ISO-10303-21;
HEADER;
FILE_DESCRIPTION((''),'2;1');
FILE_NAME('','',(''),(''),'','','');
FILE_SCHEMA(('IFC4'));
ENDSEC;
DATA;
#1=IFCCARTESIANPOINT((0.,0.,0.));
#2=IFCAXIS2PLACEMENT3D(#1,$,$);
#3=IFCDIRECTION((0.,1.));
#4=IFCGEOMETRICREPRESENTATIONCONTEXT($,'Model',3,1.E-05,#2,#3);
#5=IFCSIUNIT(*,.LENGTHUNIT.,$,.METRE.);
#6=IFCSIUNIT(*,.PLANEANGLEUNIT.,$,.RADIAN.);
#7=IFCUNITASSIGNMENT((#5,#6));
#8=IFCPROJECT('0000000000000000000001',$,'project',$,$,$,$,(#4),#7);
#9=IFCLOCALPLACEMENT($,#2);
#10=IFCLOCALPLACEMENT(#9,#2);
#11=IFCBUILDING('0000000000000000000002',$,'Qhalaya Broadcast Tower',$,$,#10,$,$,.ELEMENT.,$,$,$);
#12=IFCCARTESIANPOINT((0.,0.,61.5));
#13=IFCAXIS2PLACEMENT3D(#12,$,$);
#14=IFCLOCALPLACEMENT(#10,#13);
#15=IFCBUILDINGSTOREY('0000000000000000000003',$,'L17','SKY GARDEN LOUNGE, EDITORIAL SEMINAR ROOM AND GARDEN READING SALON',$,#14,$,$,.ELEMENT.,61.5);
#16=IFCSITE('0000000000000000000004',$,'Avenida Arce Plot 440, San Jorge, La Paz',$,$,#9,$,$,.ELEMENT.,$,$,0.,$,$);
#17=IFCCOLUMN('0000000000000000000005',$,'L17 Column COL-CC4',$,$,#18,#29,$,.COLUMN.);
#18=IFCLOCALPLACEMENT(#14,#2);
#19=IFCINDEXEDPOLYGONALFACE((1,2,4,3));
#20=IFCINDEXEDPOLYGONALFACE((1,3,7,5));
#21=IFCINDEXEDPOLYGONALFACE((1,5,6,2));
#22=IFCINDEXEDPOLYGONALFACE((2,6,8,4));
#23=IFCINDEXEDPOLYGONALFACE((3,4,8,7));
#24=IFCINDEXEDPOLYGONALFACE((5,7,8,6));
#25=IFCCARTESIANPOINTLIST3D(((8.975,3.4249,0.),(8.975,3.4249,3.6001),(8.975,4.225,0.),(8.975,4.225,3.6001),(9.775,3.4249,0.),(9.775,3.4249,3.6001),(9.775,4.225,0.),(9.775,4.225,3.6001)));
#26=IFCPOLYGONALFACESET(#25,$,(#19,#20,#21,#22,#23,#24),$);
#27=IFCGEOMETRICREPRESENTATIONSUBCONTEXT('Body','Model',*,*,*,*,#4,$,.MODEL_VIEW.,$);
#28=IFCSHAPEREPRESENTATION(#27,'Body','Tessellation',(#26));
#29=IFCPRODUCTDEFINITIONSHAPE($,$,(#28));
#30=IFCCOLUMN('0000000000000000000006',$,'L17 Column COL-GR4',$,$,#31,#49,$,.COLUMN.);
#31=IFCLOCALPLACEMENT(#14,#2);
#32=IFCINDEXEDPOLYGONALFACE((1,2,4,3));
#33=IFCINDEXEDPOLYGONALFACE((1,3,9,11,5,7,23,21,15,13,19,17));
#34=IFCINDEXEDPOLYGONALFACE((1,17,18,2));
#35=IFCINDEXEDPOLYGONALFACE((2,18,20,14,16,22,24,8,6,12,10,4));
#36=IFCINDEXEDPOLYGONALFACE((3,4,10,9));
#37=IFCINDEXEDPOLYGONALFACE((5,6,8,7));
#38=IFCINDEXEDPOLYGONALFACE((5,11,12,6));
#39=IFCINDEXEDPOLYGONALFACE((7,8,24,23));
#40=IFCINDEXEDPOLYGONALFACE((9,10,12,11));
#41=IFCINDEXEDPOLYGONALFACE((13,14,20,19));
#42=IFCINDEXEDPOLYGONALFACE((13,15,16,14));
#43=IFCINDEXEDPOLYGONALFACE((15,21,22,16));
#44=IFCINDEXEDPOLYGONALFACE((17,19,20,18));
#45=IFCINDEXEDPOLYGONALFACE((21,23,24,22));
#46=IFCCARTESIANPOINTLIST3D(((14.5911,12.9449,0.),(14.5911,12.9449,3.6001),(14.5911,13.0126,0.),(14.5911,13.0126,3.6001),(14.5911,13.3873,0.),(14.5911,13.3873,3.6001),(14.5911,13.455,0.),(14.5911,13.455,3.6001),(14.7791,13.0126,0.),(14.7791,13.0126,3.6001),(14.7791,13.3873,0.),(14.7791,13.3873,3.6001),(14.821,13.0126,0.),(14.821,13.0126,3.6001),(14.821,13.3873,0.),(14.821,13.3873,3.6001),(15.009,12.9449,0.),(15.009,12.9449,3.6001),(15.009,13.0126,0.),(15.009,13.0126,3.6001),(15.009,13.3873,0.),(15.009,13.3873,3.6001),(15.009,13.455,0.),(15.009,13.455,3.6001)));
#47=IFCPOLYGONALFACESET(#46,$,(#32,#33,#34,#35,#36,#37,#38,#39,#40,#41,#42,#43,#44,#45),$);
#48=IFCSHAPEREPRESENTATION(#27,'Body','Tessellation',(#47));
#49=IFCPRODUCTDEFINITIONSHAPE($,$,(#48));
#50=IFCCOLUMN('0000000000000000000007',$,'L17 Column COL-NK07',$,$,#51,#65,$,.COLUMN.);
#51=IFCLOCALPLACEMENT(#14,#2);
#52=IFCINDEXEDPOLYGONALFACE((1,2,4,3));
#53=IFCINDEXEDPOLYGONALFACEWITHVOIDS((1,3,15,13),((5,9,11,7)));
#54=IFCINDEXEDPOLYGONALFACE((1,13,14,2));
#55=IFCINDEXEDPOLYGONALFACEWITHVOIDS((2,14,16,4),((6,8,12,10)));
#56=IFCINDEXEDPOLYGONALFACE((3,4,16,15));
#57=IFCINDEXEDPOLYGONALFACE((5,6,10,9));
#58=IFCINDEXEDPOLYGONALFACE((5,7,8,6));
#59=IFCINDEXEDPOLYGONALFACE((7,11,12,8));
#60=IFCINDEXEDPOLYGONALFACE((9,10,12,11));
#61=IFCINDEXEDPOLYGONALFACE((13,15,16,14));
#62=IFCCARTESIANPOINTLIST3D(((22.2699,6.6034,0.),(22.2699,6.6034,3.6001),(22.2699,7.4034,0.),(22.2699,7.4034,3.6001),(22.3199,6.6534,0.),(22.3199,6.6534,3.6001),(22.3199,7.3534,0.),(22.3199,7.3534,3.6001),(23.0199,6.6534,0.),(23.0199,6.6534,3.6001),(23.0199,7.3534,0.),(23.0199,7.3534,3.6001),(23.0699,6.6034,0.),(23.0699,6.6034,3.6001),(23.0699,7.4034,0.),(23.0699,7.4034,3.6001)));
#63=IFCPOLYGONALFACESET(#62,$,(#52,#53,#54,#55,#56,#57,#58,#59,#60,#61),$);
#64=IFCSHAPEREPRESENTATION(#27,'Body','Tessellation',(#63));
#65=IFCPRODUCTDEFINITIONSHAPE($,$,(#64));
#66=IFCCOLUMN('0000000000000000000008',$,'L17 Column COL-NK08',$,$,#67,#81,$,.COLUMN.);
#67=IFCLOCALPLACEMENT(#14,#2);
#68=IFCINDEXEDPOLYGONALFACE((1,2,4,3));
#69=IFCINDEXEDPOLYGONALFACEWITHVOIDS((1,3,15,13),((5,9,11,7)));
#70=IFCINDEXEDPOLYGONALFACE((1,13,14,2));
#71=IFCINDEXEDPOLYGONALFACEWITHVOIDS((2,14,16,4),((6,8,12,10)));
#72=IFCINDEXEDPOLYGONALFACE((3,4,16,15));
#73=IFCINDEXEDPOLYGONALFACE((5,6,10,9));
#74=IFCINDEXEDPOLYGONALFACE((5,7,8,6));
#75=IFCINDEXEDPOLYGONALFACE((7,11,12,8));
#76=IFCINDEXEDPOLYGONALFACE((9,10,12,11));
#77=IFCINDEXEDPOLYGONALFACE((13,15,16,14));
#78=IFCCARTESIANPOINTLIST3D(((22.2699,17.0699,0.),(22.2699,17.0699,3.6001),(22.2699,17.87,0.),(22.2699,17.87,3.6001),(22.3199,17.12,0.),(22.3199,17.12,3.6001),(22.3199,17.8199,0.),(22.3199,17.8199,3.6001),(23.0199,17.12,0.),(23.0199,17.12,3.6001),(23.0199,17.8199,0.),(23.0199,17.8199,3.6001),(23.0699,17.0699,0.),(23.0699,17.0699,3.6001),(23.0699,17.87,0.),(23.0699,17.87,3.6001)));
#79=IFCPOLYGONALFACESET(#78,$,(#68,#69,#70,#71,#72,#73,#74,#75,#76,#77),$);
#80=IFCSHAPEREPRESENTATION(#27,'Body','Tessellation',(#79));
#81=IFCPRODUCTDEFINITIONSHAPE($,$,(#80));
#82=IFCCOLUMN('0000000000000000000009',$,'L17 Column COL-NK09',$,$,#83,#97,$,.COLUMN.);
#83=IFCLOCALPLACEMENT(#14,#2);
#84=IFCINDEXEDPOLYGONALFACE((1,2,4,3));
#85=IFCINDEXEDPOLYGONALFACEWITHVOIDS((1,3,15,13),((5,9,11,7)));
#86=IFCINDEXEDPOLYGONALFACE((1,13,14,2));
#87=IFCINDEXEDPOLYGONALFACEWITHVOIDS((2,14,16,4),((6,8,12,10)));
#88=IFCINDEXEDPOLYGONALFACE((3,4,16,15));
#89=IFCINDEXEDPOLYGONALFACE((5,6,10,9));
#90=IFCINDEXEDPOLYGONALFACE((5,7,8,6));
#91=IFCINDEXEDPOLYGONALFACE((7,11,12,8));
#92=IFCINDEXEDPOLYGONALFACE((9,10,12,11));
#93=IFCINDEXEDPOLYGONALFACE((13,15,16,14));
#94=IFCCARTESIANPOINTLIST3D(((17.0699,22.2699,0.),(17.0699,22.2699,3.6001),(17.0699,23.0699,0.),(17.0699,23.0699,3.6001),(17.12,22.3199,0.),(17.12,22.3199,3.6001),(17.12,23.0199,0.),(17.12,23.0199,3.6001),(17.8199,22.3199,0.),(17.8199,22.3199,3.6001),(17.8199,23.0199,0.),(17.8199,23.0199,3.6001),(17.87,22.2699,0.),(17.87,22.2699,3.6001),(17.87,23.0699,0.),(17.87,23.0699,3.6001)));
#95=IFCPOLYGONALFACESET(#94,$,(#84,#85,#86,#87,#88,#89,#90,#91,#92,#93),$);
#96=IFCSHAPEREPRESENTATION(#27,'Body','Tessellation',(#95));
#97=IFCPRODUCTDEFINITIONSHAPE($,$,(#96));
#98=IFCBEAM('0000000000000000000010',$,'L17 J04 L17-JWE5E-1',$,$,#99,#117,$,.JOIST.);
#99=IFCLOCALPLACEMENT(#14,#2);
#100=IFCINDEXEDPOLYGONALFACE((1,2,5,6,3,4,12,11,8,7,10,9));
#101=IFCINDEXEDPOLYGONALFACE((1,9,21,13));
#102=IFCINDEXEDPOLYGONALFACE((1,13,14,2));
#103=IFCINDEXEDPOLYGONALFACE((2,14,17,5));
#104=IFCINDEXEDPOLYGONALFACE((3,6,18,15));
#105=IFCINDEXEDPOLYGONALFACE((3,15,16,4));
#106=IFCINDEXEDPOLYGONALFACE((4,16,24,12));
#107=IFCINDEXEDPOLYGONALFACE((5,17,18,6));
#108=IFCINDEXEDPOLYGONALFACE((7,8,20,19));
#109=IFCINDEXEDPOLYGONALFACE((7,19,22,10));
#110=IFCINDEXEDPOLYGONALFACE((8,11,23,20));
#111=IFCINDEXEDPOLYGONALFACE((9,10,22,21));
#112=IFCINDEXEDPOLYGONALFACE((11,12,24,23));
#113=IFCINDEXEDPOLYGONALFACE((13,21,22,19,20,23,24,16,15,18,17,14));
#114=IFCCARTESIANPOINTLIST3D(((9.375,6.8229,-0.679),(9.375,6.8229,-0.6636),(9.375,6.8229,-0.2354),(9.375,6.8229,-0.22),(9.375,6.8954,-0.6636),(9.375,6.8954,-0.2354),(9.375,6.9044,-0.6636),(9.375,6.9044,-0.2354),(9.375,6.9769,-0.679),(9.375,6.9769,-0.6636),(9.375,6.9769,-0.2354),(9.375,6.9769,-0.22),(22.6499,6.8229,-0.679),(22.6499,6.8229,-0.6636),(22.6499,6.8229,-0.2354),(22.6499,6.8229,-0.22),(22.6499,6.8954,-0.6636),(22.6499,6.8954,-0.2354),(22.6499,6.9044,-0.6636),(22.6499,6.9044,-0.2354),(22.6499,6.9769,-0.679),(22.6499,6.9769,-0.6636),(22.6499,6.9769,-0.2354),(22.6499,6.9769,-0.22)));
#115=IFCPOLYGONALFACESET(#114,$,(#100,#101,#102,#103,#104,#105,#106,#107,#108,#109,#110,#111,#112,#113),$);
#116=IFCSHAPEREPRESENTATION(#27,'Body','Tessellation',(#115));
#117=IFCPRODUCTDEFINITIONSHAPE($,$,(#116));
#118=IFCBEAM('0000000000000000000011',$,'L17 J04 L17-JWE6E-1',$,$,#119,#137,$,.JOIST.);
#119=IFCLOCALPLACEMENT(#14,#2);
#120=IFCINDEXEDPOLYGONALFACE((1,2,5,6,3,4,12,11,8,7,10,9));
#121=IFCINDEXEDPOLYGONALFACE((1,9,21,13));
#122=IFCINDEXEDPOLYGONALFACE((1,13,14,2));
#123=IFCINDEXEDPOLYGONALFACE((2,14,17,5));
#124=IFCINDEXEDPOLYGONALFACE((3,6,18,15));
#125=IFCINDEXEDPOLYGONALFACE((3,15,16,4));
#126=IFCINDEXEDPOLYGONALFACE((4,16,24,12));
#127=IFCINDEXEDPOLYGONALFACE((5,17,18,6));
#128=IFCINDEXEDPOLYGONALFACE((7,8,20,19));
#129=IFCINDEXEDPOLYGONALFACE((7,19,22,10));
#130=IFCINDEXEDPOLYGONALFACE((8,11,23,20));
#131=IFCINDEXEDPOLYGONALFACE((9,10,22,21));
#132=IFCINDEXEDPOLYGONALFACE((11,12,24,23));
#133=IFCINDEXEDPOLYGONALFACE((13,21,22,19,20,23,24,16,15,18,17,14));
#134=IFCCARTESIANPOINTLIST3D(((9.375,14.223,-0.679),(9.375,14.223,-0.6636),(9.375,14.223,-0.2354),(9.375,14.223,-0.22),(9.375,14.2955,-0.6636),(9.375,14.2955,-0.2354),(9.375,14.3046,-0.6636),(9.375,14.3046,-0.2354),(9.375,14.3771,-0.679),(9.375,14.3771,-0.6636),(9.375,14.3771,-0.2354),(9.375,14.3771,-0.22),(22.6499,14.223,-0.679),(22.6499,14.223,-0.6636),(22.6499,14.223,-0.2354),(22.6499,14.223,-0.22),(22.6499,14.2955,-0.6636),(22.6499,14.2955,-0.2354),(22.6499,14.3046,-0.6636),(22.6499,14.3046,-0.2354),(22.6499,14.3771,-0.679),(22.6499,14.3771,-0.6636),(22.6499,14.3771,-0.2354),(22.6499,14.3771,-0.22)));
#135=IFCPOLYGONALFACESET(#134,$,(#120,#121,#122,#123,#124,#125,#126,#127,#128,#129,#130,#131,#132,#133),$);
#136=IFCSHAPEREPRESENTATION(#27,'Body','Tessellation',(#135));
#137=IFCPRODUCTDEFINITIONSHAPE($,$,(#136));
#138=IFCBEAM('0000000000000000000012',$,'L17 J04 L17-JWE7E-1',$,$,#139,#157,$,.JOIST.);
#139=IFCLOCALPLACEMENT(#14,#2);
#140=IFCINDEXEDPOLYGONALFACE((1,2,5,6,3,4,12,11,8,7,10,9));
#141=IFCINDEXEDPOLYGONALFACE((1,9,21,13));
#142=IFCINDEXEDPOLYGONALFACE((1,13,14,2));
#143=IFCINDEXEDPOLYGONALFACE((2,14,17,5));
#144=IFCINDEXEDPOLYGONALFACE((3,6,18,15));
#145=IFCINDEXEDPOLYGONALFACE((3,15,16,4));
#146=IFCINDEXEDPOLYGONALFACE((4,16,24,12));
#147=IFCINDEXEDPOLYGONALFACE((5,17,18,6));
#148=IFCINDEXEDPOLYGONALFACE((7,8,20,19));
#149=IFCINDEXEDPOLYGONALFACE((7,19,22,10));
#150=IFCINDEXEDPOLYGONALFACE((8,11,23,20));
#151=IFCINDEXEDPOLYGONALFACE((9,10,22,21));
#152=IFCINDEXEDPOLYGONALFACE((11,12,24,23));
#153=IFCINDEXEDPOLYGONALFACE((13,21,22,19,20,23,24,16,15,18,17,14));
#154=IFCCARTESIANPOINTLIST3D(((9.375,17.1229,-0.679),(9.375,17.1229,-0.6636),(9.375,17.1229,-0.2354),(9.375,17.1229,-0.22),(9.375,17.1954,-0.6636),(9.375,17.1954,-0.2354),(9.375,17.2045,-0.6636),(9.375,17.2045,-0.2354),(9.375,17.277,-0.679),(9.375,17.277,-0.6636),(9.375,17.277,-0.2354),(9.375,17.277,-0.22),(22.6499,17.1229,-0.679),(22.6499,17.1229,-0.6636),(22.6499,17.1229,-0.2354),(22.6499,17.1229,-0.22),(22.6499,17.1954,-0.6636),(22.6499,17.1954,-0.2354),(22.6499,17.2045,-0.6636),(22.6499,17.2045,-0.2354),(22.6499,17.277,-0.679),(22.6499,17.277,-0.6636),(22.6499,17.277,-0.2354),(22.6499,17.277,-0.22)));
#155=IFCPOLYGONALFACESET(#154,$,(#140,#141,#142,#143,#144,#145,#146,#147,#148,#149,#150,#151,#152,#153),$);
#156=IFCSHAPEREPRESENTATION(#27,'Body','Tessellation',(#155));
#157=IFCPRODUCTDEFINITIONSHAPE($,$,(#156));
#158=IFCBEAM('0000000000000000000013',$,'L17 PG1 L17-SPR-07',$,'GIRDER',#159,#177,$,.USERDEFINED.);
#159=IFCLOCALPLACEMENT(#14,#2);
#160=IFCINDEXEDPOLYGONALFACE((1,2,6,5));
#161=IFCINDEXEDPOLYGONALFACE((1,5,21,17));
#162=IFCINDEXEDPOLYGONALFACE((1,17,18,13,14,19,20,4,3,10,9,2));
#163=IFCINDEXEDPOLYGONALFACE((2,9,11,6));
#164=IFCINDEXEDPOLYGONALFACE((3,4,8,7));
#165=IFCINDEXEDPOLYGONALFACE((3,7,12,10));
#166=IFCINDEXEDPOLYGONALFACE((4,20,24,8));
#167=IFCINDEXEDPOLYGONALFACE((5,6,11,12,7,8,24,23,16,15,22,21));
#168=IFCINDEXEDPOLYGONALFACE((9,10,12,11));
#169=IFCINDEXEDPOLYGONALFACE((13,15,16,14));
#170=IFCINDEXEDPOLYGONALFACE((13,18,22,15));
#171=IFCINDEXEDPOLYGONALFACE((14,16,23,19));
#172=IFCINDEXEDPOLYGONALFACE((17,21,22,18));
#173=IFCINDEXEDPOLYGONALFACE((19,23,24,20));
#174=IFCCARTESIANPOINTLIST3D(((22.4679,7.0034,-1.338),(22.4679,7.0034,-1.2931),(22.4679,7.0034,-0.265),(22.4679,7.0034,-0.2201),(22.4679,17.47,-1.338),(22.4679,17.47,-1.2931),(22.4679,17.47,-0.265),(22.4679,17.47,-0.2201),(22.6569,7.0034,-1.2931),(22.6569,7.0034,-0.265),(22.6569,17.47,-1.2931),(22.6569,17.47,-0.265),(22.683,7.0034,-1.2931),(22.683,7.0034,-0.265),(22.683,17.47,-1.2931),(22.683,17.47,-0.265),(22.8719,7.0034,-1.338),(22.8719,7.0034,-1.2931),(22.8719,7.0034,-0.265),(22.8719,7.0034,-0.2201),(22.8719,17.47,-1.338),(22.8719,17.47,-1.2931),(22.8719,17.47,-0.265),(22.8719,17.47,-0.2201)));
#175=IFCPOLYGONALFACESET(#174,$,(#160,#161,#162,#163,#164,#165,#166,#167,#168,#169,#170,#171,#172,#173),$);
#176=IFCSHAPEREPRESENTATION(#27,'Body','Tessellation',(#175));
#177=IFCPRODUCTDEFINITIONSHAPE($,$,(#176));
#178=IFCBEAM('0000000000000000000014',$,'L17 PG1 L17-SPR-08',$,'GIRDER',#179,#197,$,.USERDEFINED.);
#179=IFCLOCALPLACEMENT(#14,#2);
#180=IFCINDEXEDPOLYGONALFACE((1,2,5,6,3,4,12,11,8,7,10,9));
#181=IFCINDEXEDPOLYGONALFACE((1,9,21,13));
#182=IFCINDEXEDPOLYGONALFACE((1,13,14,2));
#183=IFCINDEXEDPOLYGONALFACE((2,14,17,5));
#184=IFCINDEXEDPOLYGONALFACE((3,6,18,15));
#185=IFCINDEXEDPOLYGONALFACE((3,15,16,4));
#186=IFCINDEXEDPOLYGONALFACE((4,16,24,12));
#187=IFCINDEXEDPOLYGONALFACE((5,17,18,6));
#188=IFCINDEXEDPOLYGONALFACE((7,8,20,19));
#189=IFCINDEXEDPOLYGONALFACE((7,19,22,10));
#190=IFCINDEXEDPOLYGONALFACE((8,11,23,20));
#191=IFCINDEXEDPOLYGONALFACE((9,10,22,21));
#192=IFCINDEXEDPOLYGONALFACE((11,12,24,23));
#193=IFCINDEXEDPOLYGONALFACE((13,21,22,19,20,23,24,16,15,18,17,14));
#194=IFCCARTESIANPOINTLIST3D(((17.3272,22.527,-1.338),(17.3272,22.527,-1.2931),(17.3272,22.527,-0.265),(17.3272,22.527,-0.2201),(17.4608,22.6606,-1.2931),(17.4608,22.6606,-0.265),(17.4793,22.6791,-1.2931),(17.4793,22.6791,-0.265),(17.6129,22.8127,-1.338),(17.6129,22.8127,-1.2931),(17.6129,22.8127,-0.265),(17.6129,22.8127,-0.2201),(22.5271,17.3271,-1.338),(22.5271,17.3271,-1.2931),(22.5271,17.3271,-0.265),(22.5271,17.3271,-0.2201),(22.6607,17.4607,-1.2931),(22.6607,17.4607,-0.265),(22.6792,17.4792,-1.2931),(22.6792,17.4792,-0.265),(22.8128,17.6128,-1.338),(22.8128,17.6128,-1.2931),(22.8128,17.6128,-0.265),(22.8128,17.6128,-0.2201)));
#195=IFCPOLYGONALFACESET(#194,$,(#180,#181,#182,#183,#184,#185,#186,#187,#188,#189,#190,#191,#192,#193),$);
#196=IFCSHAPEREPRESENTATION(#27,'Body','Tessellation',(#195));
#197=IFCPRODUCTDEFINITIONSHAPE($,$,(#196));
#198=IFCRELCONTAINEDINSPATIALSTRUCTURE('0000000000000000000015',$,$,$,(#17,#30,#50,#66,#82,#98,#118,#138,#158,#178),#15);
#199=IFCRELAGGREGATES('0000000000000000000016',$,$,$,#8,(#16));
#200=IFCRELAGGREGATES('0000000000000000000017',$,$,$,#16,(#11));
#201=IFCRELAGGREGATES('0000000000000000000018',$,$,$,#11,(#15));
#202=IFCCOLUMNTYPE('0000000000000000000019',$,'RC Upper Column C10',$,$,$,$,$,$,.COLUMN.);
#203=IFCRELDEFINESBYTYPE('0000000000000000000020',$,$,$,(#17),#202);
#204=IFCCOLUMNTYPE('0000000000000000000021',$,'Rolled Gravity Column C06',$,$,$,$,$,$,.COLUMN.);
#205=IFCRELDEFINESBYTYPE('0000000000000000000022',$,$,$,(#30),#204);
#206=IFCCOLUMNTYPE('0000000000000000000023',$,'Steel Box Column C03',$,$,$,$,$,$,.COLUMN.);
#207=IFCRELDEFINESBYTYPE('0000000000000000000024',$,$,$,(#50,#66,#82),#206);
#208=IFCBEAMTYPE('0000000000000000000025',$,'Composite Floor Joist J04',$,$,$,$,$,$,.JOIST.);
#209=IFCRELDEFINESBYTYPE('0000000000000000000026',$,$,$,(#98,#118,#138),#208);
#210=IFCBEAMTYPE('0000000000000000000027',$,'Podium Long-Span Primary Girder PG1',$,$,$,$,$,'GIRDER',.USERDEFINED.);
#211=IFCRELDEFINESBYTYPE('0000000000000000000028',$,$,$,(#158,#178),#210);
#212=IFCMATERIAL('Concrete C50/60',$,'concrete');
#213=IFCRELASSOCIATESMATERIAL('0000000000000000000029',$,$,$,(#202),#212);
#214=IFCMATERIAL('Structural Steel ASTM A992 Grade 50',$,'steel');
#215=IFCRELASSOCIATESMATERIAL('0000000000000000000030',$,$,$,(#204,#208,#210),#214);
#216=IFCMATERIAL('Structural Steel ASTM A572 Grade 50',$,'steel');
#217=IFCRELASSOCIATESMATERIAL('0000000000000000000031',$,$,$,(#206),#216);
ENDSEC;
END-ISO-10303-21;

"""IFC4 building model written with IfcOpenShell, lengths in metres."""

from ifc_helpers import new_model, si_unit, direction, frame, origin, origin_2d, place, context, subcontext, project, spatial, rectangle, hollow_rectangle, i_section, extrude, material, material_profile, profile_set, type_object, element, save


model = new_model("IFC4")

# Units and contexts
model_context = context("Model", 3, precision=1e-05, world=origin(), true_north=direction((0.0, 1.0)))
body_context = subcontext(model_context, "Body", "Model", "MODEL_VIEW")
ifc_project = project(units=[si_unit("LENGTHUNIT", "METRE"), si_unit("PLANEANGLEUNIT", "RADIAN")], contexts=[model_context])

# Site, building, storey
site_placement = place(None, origin())
site = spatial("IfcSite", under=ifc_project, at=site_placement, Name="Avenida Arce Plot 440, San Jorge, La Paz", CompositionType="ELEMENT", RefElevation=0.0)
building_placement = place(site_placement, origin())
building = spatial("IfcBuilding", under=site, at=building_placement, Name="Qhalaya Broadcast Tower", CompositionType="ELEMENT")
storey_placement = place(building_placement, frame((0.0, 0.0, 61.5)))
storey = spatial("IfcBuildingStorey", under=building, at=storey_placement, Name="L17", Description="SKY GARDEN LOUNGE, EDITORIAL SEMINAR ROOM AND GARDEN READING SALON", CompositionType="ELEMENT", Elevation=61.5)

# Columns
ifc_material_1 = material(Name="Concrete C50/60", Category="concrete")
ifc_material_profile_1 = material_profile(ifc_material_1, rectangle(XDim=0.8, YDim=0.8, at=origin_2d()), Name="RC-COL 800x800")
ifc_profile_set_1 = profile_set([ifc_material_profile_1], Name="Concrete C50/60")
column_type_1 = type_object("IfcColumnType", Name="RC Upper Column C10", PredefinedType="COLUMN", material=ifc_profile_set_1)
column_1_placement = place(storey_placement, frame((9.375, 3.825, 0.0), z_axis=(0.0, 0.0, 1.0), x_axis=(1.0, 0.0, 0.0)))
element("IfcColumn", 1, at=column_1_placement, inside=storey, type_object=column_type_1, Name="L17 Column COL-CC4", PredefinedType="COLUMN", context=body_context, shape_type="SweptSolid", body=[
    extrude(rectangle(XDim=0.8, YDim=0.8, at=origin_2d()), origin(), (0.0, 0.0, 1.0), 3.6001),
])
ifc_material_2 = material(Name="Structural Steel ASTM A992 Grade 50", Category="steel")
ifc_material_profile_2 = material_profile(ifc_material_2, i_section(OverallWidth=0.418, OverallDepth=0.51, WebThickness=0.042, FlangeThickness=0.0676, at=origin_2d()), Name="W14X370")
ifc_profile_set_2 = profile_set([ifc_material_profile_2], Name="Structural Steel ASTM A992 Grade 50")
column_type_2 = type_object("IfcColumnType", Name="Rolled Gravity Column C06", PredefinedType="COLUMN", material=ifc_profile_set_2)
column_2_placement = place(storey_placement, frame((14.8, 13.2, 0.0), z_axis=(0.0, 0.0, 1.0), x_axis=(1.0, 0.0, 0.0)))
element("IfcColumn", 2, at=column_2_placement, inside=storey, type_object=column_type_2, Name="L17 Column COL-GR4", PredefinedType="COLUMN", context=body_context, shape_type="SweptSolid", body=[
    extrude(i_section(OverallWidth=0.418, OverallDepth=0.51, WebThickness=0.042, FlangeThickness=0.0676, at=origin_2d()), origin(), (0.0, 0.0, 1.0), 3.6001),
])
ifc_material_3 = material(Name="Structural Steel ASTM A572 Grade 50", Category="steel")
ifc_material_profile_3 = material_profile(ifc_material_3, hollow_rectangle(XDim=0.8, YDim=0.8, WallThickness=0.05, at=origin_2d()), Name="BOX 800x800x50")
ifc_profile_set_3 = profile_set([ifc_material_profile_3], Name="Structural Steel ASTM A572 Grade 50")
column_type_3 = type_object("IfcColumnType", Name="Steel Box Column C03", PredefinedType="COLUMN", material=ifc_profile_set_3)
for number, where, z_axis, x_axis, name in (
    (3, (22.6699, 7.0034, 0.0), (0.0, 0.0, 1.0), (0.0, 1.0, 0.0), "L17 Column COL-NK07"),
    (4, (22.6699, 17.47, 0.0), (0.0, 0.0, 1.0), (0.0, 1.0, 0.0), "L17 Column COL-NK08"),
    (5, (17.47, 22.6699, 0.0), (0.0, 0.0, 1.0), (1.0, 0.0, 0.0), "L17 Column COL-NK09"),
):
    element("IfcColumn", number, at=place(storey_placement, frame(where, z_axis=z_axis, x_axis=x_axis)), inside=storey, type_object=column_type_3, Name=name, PredefinedType="COLUMN", context=body_context, shape_type="SweptSolid", body=[
        extrude(hollow_rectangle(XDim=0.8, YDim=0.8, WallThickness=0.05, at=origin_2d()), origin(), (0.0, 0.0, 1.0), 3.6001),
    ])

# Beams
ifc_material_profile_4 = material_profile(ifc_material_2, i_section(OverallWidth=0.1541, OverallDepth=0.459, WebThickness=0.009, FlangeThickness=0.0154, at=origin_2d()), Name="W18X46")
ifc_profile_set_4 = profile_set([ifc_material_profile_4], Name="Structural Steel ASTM A992 Grade 50")
beam_type_1 = type_object("IfcBeamType", Name="Composite Floor Joist J04", PredefinedType="JOIST", material=ifc_profile_set_4)
for number, where, z_axis, x_axis, name in (
    (6, (9.375, 6.8999, -0.4495), (1.0, 0.0, 0.0), (0.0, 1.0, 0.0), "L17 J04 L17-JWE5E-1"),
    (7, (9.375, 14.3, -0.4495), (1.0, 0.0, 0.0), (0.0, 1.0, 0.0), "L17 J04 L17-JWE6E-1"),
    (8, (9.375, 17.2, -0.4495), (1.0, 0.0, 0.0), (0.0, 1.0, 0.0), "L17 J04 L17-JWE7E-1"),
):
    element("IfcBeam", number, at=place(storey_placement, frame(where, z_axis=z_axis, x_axis=x_axis)), inside=storey, type_object=beam_type_1, Name=name, PredefinedType="JOIST", context=body_context, shape_type="SweptSolid", body=[
        extrude(i_section(OverallWidth=0.1541, OverallDepth=0.459, WebThickness=0.009, FlangeThickness=0.0154, at=origin_2d()), origin(), (0.0, 0.0, 1.0), 13.2749),
    ])
ifc_material_profile_5 = material_profile(ifc_material_2, i_section(OverallWidth=0.4041, OverallDepth=1.1179, WebThickness=0.0261, FlangeThickness=0.0449, at=origin_2d()), Name="W44X335")
ifc_profile_set_5 = profile_set([ifc_material_profile_5], Name="Structural Steel ASTM A992 Grade 50")
beam_type_2 = type_object("IfcBeamType", Name="Podium Long-Span Primary Girder PG1", ElementType="GIRDER", PredefinedType="USERDEFINED", material=ifc_profile_set_5)
beam_1_placement = place(storey_placement, frame((22.6699, 7.0034, -0.7791), z_axis=(0.0, 1.0, 0.0), x_axis=(-1.0, 0.0, 0.0)))
element("IfcBeam", 9, at=beam_1_placement, inside=storey, type_object=beam_type_2, Name="L17 PG1 L17-SPR-07", ObjectType="GIRDER", PredefinedType="USERDEFINED", context=body_context, shape_type="SweptSolid", body=[
    extrude(i_section(OverallWidth=0.4041, OverallDepth=1.1179, WebThickness=0.0261, FlangeThickness=0.0449, at=origin_2d()), origin(), (0.0, 0.0, 1.0), 10.4666),
])
beam_2_placement = place(storey_placement, frame((22.6699, 17.47, -0.7791), z_axis=(-0.707107, 0.707107, 0.0), x_axis=(-0.707107, -0.707107, 0.0)))
element("IfcBeam", 10, at=beam_2_placement, inside=storey, type_object=beam_type_2, Name="L17 PG1 L17-SPR-08", ObjectType="GIRDER", PredefinedType="USERDEFINED", context=body_context, shape_type="SweptSolid", body=[
    extrude(i_section(OverallWidth=0.4041, OverallDepth=1.1179, WebThickness=0.0261, FlangeThickness=0.0449, at=origin_2d()), origin(), (0.0, 0.0, 1.0), 7.3538),
])

save(model, "model.ifc")
